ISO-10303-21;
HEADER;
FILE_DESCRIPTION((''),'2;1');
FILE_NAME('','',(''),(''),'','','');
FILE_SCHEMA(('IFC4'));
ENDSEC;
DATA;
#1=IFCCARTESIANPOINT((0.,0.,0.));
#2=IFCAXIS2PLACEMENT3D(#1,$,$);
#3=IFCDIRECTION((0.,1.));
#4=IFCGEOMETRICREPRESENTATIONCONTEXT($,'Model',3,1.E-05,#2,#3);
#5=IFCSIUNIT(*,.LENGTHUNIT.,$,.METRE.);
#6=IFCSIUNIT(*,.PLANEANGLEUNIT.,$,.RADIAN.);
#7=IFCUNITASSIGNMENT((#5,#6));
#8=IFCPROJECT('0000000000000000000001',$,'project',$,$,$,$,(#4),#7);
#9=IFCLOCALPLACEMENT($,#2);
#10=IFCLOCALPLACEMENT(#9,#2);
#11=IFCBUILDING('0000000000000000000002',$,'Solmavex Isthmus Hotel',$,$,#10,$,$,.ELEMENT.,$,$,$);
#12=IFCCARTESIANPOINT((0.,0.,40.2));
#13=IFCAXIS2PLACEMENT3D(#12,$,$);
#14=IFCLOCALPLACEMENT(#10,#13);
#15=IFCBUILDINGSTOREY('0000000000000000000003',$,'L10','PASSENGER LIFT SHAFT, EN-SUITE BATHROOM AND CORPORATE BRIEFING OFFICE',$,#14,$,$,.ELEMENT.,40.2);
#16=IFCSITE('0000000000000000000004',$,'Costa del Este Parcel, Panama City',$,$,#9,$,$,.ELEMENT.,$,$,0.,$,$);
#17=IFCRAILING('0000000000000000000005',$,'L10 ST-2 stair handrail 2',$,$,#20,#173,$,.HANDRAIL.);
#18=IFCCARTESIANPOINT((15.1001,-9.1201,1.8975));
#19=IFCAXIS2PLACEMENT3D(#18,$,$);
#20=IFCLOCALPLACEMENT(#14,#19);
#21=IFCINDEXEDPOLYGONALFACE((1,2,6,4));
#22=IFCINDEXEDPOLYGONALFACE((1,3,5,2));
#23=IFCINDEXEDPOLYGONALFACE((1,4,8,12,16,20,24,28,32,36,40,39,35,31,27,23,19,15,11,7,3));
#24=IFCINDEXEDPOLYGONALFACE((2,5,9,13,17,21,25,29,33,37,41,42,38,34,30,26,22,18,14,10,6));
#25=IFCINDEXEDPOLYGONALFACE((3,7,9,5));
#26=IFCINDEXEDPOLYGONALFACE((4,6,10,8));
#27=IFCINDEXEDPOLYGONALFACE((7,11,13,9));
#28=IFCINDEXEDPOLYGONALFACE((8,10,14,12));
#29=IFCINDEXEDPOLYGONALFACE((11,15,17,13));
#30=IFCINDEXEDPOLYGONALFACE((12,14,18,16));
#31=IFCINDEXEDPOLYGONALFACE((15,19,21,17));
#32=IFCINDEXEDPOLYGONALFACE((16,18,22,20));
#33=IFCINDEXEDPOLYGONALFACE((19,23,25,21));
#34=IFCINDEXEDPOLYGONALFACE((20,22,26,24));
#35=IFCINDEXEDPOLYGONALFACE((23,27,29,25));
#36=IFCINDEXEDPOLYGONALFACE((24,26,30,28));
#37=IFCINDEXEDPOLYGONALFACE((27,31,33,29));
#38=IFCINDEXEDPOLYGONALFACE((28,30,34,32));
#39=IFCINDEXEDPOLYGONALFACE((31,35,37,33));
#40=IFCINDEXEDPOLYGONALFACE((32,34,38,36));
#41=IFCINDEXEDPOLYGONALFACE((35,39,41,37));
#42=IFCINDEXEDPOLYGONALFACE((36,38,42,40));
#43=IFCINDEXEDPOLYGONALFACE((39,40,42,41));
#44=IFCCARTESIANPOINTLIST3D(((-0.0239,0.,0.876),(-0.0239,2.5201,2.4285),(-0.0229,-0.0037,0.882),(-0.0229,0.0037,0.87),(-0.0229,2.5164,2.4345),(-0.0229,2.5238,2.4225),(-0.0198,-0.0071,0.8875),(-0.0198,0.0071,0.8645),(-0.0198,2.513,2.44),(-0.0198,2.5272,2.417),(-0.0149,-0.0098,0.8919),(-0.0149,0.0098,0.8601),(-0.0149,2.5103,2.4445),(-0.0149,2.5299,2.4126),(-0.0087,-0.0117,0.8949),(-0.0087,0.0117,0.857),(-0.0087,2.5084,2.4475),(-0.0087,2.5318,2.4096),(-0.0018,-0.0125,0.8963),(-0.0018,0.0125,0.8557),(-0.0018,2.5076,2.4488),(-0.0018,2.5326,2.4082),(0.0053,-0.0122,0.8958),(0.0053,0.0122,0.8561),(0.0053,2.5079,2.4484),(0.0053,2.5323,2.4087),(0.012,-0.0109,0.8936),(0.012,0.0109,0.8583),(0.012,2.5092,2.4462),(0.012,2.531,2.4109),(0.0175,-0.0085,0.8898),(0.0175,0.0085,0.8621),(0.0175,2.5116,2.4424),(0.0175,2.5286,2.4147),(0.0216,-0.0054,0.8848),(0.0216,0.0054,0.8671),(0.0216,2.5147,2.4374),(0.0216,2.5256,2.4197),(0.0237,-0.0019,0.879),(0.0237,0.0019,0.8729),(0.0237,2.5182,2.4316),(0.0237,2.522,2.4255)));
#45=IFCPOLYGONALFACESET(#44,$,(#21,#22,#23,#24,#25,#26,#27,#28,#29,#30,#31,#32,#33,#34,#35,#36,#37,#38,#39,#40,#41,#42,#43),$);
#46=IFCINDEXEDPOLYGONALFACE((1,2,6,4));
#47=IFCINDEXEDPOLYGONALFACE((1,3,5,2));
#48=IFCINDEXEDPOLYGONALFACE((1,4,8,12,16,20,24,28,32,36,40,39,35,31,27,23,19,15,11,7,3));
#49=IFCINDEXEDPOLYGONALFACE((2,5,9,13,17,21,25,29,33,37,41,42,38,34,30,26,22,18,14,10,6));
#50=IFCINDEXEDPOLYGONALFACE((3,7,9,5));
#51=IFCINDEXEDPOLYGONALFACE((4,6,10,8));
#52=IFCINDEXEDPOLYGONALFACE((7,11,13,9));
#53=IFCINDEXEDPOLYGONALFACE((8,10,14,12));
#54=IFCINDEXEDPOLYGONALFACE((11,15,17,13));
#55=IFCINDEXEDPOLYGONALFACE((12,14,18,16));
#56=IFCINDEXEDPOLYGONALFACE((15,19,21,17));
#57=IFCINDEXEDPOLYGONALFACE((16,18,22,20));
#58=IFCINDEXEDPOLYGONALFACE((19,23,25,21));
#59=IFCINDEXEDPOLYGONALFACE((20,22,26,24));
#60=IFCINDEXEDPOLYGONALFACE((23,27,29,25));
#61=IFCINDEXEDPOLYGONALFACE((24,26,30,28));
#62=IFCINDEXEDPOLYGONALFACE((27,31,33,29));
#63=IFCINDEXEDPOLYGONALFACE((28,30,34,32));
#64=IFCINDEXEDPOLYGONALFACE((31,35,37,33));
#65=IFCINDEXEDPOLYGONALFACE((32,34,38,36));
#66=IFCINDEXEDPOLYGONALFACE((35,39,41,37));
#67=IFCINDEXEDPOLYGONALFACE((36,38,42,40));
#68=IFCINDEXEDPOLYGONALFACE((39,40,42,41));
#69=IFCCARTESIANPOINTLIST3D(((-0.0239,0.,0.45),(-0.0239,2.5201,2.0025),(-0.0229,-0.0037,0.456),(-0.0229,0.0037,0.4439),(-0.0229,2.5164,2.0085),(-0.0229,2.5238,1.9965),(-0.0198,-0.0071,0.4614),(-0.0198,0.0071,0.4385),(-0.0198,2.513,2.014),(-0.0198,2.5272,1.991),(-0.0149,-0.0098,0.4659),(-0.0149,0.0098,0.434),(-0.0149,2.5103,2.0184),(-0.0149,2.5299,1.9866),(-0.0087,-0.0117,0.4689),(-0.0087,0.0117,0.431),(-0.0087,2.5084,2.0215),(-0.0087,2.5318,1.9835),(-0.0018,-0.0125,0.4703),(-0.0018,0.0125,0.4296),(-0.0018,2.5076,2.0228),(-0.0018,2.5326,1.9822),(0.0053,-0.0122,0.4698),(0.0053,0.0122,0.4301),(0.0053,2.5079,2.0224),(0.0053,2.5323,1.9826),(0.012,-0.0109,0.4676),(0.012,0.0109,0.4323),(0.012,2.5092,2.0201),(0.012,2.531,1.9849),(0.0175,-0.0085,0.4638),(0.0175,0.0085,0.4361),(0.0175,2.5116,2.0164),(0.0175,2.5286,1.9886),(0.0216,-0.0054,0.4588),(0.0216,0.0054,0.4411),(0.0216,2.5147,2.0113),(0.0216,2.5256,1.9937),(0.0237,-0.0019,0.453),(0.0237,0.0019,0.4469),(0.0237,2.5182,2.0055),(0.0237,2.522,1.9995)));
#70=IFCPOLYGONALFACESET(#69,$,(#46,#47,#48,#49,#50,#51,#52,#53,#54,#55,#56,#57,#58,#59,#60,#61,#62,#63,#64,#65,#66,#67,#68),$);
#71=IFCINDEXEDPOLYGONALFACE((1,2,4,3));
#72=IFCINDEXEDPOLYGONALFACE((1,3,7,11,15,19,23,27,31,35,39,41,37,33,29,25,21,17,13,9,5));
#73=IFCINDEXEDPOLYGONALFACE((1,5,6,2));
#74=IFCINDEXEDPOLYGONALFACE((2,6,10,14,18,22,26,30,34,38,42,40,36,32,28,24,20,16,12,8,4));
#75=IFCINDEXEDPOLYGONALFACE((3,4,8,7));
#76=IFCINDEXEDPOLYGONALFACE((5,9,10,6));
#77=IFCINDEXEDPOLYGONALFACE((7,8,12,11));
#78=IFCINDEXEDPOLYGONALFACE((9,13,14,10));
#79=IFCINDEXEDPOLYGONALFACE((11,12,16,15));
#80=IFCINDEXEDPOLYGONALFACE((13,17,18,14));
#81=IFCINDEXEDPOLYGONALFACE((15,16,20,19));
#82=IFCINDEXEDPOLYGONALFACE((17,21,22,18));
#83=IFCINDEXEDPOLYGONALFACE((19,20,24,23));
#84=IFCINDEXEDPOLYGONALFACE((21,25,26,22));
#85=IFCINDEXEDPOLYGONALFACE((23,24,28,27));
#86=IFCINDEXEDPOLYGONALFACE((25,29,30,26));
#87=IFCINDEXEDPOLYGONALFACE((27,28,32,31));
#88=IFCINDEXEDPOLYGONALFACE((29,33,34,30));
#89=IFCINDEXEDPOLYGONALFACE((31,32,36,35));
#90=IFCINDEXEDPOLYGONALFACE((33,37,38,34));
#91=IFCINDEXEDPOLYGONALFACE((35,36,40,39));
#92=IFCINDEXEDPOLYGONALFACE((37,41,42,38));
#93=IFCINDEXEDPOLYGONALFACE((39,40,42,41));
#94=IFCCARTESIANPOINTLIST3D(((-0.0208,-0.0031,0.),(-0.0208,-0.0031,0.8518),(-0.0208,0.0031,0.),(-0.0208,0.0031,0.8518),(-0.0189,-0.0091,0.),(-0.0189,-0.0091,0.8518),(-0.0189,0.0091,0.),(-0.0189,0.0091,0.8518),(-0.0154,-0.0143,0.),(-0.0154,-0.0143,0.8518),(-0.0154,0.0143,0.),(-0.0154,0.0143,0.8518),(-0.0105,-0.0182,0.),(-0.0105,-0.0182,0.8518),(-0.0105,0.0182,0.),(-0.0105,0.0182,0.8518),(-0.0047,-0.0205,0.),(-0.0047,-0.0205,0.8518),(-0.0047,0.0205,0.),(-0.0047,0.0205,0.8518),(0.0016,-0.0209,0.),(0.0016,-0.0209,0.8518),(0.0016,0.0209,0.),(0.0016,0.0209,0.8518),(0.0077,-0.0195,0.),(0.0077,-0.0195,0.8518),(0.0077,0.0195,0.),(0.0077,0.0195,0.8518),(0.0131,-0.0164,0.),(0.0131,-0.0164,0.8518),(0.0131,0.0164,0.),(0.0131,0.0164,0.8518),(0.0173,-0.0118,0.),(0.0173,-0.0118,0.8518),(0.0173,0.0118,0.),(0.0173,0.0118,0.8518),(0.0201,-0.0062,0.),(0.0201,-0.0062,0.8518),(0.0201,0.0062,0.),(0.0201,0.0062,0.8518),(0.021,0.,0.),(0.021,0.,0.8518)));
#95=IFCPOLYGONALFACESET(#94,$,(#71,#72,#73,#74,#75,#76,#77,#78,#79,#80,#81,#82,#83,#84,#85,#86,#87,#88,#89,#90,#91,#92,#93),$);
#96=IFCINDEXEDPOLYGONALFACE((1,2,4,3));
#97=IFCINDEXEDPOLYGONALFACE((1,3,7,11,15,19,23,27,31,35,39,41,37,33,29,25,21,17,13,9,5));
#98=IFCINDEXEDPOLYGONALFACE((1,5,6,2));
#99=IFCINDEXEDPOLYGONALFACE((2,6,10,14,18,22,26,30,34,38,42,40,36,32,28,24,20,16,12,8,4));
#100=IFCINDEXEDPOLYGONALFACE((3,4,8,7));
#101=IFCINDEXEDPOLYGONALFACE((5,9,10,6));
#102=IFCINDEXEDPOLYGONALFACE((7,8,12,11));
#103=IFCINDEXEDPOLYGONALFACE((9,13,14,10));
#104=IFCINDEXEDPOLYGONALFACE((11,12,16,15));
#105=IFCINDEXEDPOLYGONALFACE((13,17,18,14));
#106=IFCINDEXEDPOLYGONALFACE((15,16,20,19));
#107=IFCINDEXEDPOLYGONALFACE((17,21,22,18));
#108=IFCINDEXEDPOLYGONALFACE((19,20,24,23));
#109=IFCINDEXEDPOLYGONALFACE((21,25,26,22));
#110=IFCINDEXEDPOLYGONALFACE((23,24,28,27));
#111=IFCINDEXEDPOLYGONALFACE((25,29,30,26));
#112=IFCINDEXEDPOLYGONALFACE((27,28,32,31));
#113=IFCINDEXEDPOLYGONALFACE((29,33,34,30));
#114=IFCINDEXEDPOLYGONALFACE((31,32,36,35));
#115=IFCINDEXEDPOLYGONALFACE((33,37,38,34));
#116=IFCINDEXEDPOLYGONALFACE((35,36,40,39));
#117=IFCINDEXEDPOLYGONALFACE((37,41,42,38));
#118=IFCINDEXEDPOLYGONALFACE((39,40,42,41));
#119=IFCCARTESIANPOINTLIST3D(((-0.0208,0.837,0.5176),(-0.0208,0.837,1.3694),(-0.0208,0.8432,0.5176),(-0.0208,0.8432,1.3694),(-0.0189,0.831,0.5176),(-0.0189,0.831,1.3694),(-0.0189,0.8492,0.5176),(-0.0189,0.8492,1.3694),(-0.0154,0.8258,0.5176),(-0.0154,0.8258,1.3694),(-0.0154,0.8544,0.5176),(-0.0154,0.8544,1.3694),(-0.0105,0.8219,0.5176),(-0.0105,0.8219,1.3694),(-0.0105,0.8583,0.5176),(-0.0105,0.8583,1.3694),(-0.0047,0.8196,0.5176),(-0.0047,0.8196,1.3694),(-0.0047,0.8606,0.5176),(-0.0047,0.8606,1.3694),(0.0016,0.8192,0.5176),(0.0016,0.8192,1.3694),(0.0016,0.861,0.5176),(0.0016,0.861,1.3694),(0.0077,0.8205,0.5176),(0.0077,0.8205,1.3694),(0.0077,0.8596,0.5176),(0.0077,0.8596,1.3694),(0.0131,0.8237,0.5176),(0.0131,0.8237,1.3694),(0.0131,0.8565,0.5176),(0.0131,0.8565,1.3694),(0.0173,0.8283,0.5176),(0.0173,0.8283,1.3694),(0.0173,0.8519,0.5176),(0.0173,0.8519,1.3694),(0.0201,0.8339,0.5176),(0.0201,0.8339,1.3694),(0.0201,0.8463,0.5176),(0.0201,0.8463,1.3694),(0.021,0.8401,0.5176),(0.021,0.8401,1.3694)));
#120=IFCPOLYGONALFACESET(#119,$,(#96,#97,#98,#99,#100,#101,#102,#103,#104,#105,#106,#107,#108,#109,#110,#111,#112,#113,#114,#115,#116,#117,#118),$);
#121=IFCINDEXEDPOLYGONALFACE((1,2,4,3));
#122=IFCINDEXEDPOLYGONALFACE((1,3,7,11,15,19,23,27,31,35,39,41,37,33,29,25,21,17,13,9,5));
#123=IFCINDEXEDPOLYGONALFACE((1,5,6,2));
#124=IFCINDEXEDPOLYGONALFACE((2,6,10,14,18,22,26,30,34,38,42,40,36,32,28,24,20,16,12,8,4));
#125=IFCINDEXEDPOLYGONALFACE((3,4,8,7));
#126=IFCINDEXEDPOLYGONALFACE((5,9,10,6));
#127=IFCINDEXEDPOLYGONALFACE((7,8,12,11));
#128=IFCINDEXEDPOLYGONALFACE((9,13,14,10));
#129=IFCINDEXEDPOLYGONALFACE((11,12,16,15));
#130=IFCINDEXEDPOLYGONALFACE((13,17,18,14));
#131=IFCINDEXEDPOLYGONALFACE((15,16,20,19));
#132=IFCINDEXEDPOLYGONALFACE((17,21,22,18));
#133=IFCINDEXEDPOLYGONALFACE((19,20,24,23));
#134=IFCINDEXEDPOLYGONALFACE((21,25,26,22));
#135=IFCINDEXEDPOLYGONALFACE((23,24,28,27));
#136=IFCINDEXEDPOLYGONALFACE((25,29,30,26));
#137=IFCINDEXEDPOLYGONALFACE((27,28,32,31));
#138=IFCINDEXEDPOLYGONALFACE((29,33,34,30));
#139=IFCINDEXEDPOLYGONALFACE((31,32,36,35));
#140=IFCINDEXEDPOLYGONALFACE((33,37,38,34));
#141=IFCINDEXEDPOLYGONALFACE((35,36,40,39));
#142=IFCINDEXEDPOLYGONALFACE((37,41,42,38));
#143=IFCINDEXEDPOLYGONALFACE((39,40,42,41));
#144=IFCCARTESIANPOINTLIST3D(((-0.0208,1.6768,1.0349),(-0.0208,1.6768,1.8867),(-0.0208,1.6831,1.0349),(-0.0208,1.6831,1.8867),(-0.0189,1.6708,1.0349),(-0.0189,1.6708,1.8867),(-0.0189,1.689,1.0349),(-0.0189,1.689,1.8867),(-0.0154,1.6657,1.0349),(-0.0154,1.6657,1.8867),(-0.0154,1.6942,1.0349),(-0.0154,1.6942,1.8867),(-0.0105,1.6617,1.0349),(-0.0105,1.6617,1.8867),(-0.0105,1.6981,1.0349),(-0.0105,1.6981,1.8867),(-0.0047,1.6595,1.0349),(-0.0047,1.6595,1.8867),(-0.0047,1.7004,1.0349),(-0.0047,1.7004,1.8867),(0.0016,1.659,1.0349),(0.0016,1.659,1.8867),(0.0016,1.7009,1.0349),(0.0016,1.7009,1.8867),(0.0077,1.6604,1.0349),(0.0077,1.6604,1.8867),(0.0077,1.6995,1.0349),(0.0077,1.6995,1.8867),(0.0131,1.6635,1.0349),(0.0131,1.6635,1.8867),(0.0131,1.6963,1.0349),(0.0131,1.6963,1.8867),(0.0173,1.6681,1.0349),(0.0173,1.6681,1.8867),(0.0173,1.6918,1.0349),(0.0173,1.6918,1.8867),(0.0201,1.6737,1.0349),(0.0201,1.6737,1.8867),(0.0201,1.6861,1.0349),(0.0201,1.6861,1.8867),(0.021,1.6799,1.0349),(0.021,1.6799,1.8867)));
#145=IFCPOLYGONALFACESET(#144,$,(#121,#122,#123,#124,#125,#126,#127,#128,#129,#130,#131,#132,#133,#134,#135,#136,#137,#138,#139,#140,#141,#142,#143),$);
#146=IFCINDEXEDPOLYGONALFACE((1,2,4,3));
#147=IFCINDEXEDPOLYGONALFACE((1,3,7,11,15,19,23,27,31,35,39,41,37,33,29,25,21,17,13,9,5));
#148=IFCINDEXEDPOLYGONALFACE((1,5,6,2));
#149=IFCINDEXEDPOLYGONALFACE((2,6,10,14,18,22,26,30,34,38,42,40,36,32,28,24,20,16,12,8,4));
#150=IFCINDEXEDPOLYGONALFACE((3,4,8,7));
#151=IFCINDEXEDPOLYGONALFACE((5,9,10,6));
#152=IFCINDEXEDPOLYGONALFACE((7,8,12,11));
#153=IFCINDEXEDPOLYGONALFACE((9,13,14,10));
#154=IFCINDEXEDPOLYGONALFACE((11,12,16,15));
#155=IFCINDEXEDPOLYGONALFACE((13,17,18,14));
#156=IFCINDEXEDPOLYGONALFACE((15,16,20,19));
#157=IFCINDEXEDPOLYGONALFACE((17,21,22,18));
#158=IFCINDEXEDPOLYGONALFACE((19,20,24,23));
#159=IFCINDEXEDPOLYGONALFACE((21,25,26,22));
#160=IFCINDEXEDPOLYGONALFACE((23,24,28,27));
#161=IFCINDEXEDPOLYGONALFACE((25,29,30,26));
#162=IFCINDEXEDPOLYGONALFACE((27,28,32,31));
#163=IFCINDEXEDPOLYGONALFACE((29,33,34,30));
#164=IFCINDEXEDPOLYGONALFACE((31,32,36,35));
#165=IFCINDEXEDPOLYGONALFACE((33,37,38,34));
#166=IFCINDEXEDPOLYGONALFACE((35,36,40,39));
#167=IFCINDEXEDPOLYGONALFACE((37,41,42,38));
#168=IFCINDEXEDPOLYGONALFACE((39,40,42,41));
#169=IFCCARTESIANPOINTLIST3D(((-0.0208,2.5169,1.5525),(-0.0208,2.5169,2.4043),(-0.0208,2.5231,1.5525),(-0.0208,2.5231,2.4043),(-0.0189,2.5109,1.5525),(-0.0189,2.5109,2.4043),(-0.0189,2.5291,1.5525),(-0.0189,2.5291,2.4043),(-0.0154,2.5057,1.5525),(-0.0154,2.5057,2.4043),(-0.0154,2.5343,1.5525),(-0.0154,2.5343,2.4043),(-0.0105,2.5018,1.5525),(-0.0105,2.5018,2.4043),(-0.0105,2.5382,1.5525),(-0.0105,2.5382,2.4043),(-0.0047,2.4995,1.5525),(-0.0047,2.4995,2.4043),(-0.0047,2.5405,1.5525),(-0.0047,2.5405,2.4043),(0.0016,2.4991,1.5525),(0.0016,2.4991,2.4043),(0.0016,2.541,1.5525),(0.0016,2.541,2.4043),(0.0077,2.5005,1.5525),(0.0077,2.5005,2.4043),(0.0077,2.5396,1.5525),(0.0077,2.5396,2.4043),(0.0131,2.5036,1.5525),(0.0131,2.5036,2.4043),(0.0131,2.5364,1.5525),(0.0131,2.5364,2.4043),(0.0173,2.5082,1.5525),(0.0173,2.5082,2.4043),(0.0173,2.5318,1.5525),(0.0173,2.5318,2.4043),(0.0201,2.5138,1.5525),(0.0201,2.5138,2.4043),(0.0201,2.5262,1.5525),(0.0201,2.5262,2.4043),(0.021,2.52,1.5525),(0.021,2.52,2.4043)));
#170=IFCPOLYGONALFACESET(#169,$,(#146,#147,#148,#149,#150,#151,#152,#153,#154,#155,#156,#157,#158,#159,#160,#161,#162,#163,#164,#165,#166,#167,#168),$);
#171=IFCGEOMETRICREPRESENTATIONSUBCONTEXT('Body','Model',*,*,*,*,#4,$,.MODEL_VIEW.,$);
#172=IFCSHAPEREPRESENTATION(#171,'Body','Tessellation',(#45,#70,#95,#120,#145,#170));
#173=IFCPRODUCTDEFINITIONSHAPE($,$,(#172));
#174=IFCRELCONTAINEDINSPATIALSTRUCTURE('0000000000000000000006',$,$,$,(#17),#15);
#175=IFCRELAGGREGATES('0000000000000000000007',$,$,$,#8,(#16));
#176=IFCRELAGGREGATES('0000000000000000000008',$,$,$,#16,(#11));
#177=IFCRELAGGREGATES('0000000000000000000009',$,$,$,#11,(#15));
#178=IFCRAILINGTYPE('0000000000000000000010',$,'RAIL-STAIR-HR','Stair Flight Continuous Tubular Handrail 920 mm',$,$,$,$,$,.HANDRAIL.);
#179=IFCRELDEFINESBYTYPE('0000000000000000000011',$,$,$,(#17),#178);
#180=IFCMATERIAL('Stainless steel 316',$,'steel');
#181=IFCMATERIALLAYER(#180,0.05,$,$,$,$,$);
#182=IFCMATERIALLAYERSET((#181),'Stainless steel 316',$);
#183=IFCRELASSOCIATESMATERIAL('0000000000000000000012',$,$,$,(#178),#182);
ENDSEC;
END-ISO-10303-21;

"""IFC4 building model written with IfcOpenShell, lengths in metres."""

from ifc_helpers import new_model, si_unit, direction, frame, origin, origin_2d, place, context, subcontext, project, spatial, circle, extrude, material, layer, layer_set, type_object, element, save


model = new_model("IFC4")

# Units and contexts
model_context = context("Model", 3, precision=1e-05, world=origin(), true_north=direction((0.0, 1.0)))
body_context = subcontext(model_context, "Body", "Model", "MODEL_VIEW")
ifc_project = project(units=[si_unit("LENGTHUNIT", "METRE"), si_unit("PLANEANGLEUNIT", "RADIAN")], contexts=[model_context])

# Site, building, storey
site_placement = place(None, origin())
site = spatial("IfcSite", under=ifc_project, at=site_placement, Name="Costa del Este Parcel, Panama City", CompositionType="ELEMENT", RefElevation=0.0)
building_placement = place(site_placement, origin())
building = spatial("IfcBuilding", under=site, at=building_placement, Name="Solmavex Isthmus Hotel", CompositionType="ELEMENT")
storey_placement = place(building_placement, frame((0.0, 0.0, 40.2)))
storey = spatial("IfcBuildingStorey", under=building, at=storey_placement, Name="L10", Description="PASSENGER LIFT SHAFT, EN-SUITE BATHROOM AND CORPORATE BRIEFING OFFICE", CompositionType="ELEMENT", Elevation=40.2)

# Railing
ifc_material_1 = material(Name="Stainless steel 316", Category="steel")
ifc_layer_1 = layer(ifc_material_1, 0.05)
ifc_layer_set_1 = layer_set([ifc_layer_1], Name="Stainless steel 316")
railing_type_1 = type_object("IfcRailingType", Name="RAIL-STAIR-HR", Description="Stair Flight Continuous Tubular Handrail 920 mm", PredefinedType="HANDRAIL", material=ifc_layer_set_1)
railing_1_placement = place(storey_placement, frame((15.1001, -9.1201, 1.8975)))
element("IfcRailing", 1, at=railing_1_placement, inside=storey, type_object=railing_type_1, Name="L10 ST-2 stair handrail 2", PredefinedType="HANDRAIL", context=body_context, shape_type="SweptSolid", body=[
    extrude(circle(Radius=0.0239, at=origin_2d()), frame((0.0, 0.0, 0.876), z_axis=(0.0, 0.8514, 0.524516), x_axis=(-1.0, 0.0, 0.0)), (0.0, 0.0, 1.0), 2.96),
    extrude(circle(Radius=0.0239, at=origin_2d()), frame((0.0, 0.0, 0.45), z_axis=(0.0, 0.8514, 0.524516), x_axis=(-1.0, 0.0, 0.0)), (0.0, 0.0, 1.0), 2.96),
    extrude(circle(Radius=0.021, at=origin_2d()), origin(), (0.0, 0.0, 1.0), 0.8518),
    extrude(circle(Radius=0.021, at=origin_2d()), frame((0.0, 0.8401, 0.5176)), (0.0, 0.0, 1.0), 0.8518),
    extrude(circle(Radius=0.021, at=origin_2d()), frame((0.0, 1.6799, 1.0349)), (0.0, 0.0, 1.0), 0.8518),
    extrude(circle(Radius=0.021, at=origin_2d()), frame((0.0, 2.52, 1.5525)), (0.0, 0.0, 1.0), 0.8518),
])

save(model, "model.ifc")
